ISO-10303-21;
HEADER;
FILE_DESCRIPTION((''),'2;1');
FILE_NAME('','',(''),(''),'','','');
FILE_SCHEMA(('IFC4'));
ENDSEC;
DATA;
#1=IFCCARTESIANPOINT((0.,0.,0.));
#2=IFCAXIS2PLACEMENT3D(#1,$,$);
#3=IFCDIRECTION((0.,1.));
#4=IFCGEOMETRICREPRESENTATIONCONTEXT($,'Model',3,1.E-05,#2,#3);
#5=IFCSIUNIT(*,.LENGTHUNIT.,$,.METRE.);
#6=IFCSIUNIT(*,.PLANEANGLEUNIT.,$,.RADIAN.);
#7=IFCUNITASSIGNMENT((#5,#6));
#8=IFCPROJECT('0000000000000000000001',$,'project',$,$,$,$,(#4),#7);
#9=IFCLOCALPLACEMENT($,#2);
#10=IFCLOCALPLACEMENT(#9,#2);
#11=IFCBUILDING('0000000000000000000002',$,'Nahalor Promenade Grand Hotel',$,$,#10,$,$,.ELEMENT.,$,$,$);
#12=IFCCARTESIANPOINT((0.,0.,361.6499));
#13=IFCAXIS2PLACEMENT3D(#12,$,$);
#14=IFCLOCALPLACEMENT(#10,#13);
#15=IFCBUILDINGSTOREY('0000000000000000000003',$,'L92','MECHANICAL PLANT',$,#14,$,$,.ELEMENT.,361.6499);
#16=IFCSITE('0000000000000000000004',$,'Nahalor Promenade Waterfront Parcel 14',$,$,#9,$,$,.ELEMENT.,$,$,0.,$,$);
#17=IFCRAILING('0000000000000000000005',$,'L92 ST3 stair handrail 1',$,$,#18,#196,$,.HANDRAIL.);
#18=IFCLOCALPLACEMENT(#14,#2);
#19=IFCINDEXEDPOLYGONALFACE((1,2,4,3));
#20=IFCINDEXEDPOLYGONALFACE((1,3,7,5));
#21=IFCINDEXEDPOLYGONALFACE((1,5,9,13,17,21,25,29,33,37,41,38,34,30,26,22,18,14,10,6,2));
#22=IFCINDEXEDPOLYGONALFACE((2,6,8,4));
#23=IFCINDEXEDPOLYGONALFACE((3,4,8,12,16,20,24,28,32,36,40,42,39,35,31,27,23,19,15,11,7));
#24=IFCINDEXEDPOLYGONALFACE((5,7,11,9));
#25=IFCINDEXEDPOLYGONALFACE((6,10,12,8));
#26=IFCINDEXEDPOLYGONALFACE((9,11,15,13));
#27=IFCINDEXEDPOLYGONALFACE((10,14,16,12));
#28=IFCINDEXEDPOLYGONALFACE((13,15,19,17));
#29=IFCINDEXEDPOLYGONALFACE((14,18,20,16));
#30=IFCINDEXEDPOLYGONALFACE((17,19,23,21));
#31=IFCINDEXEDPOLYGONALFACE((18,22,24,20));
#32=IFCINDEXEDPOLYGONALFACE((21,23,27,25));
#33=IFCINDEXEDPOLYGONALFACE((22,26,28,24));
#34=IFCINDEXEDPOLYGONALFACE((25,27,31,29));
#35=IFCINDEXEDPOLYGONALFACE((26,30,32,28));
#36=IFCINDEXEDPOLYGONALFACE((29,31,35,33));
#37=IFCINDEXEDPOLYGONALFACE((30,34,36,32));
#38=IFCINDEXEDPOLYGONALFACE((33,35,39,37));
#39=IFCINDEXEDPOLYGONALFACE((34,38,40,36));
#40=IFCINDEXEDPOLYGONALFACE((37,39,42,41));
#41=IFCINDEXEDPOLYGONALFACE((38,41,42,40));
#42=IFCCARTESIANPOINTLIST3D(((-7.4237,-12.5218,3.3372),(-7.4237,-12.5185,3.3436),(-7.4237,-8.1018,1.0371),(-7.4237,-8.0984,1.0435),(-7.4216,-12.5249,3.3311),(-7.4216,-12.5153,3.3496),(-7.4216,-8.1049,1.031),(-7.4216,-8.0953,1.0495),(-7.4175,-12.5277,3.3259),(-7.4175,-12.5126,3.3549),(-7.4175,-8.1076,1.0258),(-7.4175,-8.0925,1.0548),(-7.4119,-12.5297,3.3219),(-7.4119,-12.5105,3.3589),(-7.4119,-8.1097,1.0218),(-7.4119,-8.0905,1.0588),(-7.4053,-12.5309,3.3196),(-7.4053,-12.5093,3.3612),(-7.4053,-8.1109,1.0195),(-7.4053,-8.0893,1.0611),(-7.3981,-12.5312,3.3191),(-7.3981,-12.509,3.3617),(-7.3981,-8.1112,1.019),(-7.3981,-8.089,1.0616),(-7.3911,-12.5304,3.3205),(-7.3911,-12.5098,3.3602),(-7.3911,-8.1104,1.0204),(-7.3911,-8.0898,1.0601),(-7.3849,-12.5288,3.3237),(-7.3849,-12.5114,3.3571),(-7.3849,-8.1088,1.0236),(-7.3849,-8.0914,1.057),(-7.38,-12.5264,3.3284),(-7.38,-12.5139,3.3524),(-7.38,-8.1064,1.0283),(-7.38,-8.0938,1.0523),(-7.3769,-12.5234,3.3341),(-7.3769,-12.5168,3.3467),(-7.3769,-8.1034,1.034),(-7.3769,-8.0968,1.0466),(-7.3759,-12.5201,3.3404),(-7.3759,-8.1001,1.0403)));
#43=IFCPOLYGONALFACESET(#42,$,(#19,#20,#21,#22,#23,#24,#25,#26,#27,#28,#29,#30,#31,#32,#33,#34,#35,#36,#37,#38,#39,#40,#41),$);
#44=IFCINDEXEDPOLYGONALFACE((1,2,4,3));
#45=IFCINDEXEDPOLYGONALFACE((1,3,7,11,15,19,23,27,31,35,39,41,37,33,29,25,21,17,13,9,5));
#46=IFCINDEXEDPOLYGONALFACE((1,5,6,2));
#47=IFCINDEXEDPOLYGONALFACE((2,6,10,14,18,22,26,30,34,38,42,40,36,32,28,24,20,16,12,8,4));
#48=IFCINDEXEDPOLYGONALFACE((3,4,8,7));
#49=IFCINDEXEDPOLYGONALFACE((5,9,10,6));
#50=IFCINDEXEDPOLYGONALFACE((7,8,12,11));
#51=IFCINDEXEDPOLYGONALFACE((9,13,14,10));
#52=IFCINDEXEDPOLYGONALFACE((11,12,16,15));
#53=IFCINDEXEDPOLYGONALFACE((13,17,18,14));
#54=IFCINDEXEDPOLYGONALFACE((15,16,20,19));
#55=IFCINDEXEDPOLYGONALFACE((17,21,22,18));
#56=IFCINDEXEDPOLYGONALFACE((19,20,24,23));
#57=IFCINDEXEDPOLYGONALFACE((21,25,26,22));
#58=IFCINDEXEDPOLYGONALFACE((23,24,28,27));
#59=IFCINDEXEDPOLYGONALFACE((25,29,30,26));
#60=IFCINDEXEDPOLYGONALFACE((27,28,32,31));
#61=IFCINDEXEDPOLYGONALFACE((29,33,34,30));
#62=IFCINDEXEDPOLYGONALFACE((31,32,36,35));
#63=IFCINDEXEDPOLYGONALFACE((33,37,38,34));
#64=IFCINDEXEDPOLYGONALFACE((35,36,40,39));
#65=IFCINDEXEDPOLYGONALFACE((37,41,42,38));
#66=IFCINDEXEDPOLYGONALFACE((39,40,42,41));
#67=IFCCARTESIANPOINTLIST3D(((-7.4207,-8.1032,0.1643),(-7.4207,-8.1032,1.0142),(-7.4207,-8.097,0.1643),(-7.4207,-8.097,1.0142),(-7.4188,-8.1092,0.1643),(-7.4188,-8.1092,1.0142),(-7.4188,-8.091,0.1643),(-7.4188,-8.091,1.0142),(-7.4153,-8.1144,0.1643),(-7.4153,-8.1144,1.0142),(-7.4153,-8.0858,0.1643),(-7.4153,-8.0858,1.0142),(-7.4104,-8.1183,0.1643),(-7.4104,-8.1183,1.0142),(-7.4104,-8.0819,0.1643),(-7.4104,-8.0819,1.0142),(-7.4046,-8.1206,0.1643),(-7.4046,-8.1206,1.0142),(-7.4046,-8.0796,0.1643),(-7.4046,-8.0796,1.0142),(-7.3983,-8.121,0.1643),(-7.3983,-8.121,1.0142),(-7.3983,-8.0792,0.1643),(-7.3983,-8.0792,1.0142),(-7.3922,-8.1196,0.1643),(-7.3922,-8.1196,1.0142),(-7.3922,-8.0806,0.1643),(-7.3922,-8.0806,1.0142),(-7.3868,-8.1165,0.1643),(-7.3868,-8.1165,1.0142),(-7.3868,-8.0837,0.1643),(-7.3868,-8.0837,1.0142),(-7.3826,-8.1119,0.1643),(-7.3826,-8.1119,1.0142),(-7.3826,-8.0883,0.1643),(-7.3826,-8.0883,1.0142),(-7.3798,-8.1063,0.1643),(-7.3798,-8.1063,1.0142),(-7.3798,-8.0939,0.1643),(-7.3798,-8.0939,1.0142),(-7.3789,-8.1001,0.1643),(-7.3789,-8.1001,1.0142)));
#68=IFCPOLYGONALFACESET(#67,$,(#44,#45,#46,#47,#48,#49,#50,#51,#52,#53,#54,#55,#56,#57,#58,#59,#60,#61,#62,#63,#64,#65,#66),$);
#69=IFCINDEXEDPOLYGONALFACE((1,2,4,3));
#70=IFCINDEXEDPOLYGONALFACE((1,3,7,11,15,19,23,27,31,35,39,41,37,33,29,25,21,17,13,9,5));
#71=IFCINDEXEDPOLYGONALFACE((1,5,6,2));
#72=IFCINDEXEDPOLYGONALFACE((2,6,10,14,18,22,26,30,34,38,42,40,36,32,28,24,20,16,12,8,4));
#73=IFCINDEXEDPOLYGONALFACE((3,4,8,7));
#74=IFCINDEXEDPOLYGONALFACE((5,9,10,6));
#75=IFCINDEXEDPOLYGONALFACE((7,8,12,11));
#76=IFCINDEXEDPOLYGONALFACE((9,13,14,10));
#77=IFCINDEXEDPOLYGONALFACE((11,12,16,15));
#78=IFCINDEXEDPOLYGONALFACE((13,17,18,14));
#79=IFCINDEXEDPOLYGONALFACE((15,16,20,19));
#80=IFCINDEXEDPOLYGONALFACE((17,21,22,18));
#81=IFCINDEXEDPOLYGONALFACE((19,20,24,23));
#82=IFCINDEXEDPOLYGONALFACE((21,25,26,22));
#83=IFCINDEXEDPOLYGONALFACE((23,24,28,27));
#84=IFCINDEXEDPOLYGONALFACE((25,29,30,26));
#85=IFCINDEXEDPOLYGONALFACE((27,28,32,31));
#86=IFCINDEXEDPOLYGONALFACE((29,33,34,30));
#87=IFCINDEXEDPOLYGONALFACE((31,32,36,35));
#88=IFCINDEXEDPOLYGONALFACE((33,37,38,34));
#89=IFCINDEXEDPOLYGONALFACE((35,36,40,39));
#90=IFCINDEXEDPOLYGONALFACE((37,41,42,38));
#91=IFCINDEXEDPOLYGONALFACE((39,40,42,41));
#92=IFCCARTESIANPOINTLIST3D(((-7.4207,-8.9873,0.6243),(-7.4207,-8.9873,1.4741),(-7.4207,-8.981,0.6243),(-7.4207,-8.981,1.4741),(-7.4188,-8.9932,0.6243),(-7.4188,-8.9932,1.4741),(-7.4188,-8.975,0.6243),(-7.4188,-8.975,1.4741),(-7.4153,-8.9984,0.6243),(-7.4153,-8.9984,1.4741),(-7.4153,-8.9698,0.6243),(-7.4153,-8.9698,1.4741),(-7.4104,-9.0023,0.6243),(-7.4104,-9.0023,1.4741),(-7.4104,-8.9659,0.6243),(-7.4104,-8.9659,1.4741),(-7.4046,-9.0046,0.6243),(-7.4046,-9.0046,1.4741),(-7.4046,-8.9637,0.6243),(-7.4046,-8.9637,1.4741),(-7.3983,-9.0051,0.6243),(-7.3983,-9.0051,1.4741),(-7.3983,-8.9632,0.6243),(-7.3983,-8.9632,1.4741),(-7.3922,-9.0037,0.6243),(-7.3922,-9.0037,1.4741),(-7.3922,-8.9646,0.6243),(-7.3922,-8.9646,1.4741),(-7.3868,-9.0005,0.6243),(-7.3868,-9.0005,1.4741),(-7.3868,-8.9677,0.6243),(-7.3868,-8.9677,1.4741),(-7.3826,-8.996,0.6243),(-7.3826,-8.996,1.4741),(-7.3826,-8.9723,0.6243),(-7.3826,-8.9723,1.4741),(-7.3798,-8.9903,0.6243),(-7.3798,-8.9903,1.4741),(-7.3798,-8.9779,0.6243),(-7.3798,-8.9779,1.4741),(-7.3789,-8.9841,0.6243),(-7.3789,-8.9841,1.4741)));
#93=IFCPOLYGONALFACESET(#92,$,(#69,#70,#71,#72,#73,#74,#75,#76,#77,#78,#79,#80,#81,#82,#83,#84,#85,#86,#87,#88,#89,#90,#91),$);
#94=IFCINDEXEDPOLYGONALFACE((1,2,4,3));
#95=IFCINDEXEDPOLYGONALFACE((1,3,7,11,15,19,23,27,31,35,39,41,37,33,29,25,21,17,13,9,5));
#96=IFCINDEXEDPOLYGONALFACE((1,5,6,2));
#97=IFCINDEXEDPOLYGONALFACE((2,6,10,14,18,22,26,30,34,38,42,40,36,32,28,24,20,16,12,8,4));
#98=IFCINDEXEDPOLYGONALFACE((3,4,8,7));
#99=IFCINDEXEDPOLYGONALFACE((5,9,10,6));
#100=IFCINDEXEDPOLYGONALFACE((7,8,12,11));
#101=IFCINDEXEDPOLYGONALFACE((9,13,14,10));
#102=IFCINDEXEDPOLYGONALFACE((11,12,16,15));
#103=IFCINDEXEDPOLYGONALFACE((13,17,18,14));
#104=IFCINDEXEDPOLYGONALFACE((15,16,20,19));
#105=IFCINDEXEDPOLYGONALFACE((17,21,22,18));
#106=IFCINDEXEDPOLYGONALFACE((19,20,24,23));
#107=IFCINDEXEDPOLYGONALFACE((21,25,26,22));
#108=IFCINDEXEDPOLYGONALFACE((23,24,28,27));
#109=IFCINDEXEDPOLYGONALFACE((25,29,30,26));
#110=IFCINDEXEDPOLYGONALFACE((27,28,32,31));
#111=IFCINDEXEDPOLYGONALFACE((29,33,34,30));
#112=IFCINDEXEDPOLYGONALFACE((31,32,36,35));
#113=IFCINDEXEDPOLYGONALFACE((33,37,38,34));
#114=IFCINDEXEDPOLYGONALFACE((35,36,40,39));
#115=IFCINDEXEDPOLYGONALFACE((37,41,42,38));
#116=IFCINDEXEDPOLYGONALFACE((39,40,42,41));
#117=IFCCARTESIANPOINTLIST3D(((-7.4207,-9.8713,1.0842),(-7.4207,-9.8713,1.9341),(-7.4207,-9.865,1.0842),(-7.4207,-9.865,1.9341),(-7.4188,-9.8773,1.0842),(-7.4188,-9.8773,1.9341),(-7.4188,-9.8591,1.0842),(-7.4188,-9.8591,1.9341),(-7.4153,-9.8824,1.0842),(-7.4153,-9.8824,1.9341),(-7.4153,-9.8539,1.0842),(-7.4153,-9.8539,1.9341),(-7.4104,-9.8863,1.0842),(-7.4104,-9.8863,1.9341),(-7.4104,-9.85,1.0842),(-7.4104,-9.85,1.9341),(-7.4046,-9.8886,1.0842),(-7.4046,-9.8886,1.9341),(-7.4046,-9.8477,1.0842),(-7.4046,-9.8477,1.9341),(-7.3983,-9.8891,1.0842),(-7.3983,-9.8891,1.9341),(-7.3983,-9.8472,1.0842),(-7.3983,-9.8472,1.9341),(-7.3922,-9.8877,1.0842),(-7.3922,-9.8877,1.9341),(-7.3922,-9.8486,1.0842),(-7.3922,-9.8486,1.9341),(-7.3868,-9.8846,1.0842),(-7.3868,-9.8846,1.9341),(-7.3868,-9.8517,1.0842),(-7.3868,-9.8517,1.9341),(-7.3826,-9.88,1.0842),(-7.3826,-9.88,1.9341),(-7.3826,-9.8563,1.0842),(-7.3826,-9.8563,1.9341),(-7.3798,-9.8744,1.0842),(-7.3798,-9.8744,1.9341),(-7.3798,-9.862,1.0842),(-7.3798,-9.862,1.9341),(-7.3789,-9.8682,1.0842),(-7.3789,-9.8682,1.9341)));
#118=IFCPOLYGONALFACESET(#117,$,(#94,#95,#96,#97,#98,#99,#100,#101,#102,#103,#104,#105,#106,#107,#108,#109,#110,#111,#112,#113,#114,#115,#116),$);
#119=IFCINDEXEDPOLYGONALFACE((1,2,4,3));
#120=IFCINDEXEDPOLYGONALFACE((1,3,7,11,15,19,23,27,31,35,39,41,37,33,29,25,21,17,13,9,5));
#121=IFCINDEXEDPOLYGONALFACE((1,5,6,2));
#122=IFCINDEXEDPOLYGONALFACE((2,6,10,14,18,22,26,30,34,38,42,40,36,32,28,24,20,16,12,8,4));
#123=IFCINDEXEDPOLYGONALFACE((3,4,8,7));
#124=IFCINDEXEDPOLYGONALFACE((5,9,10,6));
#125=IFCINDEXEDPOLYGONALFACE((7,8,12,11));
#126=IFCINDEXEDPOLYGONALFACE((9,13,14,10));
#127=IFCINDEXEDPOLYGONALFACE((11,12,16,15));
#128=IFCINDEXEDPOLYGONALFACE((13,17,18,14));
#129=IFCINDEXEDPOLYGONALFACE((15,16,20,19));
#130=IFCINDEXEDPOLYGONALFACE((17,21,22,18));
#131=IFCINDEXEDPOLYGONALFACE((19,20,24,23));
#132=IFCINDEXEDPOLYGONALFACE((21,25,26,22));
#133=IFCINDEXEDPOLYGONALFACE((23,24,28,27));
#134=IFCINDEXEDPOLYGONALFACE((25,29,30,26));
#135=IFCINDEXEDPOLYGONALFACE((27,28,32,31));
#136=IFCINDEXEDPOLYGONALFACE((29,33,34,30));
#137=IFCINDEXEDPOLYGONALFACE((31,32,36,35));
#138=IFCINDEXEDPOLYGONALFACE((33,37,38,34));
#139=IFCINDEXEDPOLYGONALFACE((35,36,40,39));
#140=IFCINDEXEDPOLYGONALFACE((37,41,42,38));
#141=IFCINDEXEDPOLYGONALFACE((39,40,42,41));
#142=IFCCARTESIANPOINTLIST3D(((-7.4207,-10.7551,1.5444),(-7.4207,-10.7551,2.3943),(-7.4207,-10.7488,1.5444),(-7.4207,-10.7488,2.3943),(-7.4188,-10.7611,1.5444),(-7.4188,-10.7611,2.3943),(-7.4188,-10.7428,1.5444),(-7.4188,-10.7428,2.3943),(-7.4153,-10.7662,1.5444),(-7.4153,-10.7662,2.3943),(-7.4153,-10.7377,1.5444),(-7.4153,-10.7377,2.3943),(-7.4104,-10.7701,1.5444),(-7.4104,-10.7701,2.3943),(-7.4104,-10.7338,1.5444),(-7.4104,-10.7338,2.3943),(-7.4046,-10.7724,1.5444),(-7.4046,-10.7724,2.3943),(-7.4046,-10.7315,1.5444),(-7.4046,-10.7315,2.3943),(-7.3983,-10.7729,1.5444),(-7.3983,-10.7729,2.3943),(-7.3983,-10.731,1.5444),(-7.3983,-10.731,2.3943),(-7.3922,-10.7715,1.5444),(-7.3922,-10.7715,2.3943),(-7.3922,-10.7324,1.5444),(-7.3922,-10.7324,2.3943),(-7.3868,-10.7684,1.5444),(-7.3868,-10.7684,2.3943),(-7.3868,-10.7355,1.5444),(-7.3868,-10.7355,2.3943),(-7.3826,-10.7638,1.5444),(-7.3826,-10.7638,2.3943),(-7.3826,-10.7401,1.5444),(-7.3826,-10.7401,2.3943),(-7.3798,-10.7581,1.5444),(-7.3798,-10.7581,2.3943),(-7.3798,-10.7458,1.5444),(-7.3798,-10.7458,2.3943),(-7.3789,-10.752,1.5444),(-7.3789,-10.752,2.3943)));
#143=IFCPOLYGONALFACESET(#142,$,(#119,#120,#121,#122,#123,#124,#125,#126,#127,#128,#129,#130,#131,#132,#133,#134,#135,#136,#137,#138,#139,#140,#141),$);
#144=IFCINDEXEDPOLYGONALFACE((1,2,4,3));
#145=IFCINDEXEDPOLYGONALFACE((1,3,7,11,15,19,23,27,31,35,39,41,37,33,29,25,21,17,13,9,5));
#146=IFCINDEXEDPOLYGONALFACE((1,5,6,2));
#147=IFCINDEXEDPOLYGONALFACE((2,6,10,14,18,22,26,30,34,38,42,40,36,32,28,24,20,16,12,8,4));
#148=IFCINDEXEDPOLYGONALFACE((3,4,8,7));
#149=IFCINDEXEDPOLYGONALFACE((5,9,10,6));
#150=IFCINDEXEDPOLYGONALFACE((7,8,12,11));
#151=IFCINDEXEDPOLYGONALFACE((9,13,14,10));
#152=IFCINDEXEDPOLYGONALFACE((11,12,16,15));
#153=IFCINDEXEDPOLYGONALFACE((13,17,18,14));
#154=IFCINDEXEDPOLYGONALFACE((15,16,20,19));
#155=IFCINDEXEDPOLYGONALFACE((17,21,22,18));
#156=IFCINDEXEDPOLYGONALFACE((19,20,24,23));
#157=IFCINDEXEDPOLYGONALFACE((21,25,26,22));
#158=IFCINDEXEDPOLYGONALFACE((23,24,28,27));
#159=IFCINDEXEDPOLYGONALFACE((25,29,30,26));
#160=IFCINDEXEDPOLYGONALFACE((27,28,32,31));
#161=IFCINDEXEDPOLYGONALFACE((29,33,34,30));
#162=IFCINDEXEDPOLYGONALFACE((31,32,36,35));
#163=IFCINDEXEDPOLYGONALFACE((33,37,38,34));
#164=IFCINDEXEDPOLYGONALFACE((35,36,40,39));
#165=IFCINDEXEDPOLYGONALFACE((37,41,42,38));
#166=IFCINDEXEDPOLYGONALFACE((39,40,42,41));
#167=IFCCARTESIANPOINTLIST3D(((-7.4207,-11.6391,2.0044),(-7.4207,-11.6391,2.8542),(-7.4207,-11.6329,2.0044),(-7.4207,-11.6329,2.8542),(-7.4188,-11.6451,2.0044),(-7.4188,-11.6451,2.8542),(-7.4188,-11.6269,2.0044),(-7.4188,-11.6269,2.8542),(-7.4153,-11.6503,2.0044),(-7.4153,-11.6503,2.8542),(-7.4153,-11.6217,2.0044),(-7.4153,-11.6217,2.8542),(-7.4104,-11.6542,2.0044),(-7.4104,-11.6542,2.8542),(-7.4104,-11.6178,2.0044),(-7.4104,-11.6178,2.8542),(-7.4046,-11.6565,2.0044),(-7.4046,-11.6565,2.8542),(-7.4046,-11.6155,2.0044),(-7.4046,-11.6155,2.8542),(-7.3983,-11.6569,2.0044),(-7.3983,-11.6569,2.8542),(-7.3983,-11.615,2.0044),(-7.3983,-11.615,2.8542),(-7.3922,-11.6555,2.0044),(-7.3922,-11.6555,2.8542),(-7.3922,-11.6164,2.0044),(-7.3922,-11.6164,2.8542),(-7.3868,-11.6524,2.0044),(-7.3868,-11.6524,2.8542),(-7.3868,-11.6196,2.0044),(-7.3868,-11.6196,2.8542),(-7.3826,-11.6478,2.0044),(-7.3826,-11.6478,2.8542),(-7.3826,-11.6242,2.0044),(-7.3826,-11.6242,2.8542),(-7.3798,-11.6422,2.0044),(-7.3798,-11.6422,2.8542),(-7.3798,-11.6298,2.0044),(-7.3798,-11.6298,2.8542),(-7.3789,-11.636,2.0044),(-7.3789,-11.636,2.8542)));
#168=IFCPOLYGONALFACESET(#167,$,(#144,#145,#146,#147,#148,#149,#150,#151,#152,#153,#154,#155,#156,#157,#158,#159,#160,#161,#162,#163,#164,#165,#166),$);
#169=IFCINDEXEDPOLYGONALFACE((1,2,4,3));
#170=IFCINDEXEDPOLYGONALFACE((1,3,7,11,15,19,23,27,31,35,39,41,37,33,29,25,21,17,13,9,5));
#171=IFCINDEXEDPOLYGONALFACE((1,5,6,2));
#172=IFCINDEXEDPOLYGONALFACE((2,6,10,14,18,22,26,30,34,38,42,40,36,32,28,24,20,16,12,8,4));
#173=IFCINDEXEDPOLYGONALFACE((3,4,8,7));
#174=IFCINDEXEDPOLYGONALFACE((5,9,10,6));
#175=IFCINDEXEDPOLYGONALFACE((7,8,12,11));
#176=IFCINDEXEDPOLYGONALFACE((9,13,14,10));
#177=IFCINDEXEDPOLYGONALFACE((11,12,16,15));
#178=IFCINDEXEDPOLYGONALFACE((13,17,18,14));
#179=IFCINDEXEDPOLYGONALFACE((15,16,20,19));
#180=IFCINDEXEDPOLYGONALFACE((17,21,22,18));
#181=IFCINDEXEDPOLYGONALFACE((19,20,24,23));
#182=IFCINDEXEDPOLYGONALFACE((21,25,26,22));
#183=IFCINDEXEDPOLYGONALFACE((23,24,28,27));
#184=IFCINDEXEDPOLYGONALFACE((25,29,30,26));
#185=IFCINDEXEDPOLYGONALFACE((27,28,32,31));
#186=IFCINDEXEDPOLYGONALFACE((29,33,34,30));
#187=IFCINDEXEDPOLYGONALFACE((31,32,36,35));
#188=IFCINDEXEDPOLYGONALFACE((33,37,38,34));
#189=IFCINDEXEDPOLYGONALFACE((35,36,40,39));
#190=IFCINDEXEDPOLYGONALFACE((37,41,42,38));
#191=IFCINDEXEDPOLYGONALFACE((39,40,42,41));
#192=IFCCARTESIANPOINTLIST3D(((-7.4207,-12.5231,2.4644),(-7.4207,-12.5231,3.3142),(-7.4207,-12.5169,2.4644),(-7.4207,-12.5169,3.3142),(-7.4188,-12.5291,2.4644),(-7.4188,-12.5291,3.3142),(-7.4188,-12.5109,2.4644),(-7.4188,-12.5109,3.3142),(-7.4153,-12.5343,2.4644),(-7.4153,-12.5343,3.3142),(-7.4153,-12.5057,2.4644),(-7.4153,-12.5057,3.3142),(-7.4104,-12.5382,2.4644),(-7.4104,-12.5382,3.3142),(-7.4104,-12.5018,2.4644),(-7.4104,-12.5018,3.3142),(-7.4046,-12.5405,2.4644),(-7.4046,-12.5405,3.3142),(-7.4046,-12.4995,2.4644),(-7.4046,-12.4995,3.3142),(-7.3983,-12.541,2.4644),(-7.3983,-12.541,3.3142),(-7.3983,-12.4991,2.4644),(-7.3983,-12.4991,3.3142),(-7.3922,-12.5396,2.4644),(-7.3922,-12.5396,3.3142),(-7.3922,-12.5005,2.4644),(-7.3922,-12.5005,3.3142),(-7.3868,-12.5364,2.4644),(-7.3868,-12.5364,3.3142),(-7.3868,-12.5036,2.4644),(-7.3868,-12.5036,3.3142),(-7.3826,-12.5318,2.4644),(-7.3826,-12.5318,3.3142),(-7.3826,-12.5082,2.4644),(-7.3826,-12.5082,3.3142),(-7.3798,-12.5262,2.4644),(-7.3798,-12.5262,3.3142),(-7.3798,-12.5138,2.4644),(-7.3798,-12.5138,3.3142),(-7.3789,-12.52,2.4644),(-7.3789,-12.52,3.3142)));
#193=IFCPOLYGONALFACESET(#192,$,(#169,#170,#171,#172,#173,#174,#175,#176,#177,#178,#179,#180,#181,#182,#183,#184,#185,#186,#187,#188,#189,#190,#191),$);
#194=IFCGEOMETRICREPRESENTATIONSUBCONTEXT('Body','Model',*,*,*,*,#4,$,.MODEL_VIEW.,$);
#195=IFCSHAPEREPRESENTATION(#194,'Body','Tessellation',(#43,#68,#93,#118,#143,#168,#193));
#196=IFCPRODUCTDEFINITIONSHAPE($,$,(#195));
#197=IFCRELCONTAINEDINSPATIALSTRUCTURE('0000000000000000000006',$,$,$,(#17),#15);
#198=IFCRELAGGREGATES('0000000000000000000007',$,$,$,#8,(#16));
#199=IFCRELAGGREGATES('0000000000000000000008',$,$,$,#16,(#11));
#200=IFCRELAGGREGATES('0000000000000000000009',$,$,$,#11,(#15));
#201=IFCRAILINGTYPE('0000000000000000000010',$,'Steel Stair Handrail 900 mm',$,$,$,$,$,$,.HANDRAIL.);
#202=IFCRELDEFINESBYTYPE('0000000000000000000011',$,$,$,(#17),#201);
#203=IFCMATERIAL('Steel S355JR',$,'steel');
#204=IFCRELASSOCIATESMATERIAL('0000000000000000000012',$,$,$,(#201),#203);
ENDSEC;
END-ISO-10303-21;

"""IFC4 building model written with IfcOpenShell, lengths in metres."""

from ifc_helpers import new_model, si_unit, direction, frame, origin, origin_2d, place, context, subcontext, project, spatial, circle, extrude, material, type_object, element, save


model = new_model("IFC4")

# Units and contexts
model_context = context("Model", 3, precision=1e-05, world=origin(), true_north=direction((0.0, 1.0)))
body_context = subcontext(model_context, "Body", "Model", "MODEL_VIEW")
ifc_project = project(units=[si_unit("LENGTHUNIT", "METRE"), si_unit("PLANEANGLEUNIT", "RADIAN")], contexts=[model_context])

# Site, building, storey
site_placement = place(None, origin())
site = spatial("IfcSite", under=ifc_project, at=site_placement, Name="Nahalor Promenade Waterfront Parcel 14", CompositionType="ELEMENT", RefElevation=0.0)
building_placement = place(site_placement, origin())
building = spatial("IfcBuilding", under=site, at=building_placement, Name="Nahalor Promenade Grand Hotel", CompositionType="ELEMENT")
storey_placement = place(building_placement, frame((0.0, 0.0, 361.6499)))
storey = spatial("IfcBuildingStorey", under=building, at=storey_placement, Name="L92", Description="MECHANICAL PLANT", CompositionType="ELEMENT", Elevation=361.6499)

# Shared definitions
ifc_material_1 = material(Name="Steel S355JR", Category="steel")

# Railing
railing_type_1 = type_object("IfcRailingType", Name="Steel Stair Handrail 900 mm", PredefinedType="HANDRAIL", material=ifc_material_1)
railing_1_placement = place(storey_placement, frame((-7.3999, -8.1001, 0.1643)))
element("IfcRailing", 1, at=railing_1_placement, inside=storey, type_object=railing_type_1, Name="L92 ST3 stair handrail 1", PredefinedType="HANDRAIL", context=body_context, shape_type="SweptSolid", body=[
    extrude(circle(Radius=0.024, at=origin_2d()), frame((0.0, 0.0, 0.876), z_axis=(0.0, -0.887078, 0.46162), x_axis=(1.0, 0.0, 0.0)), (0.0, 0.0, 1.0), 4.9827),
    extrude(circle(Radius=0.021, at=origin_2d()), origin(), (0.0, 0.0, 1.0), 0.8499),
    extrude(circle(Radius=0.021, at=origin_2d()), frame((0.0, -0.884, 0.46)), (0.0, 0.0, 1.0), 0.8499),
    extrude(circle(Radius=0.021, at=origin_2d()), frame((0.0, -1.7681, 0.9199)), (0.0, 0.0, 1.0), 0.8499),
    extrude(circle(Radius=0.021, at=origin_2d()), frame((0.0, -2.6519, 1.3801)), (0.0, 0.0, 1.0), 0.8499),
    extrude(circle(Radius=0.021, at=origin_2d()), frame((0.0, -3.5359, 1.8401)), (0.0, 0.0, 1.0), 0.8499),
    extrude(circle(Radius=0.021, at=origin_2d()), frame((0.0, -4.4199, 2.3)), (0.0, 0.0, 1.0), 0.8499),
])

save(model, "model.ifc")
